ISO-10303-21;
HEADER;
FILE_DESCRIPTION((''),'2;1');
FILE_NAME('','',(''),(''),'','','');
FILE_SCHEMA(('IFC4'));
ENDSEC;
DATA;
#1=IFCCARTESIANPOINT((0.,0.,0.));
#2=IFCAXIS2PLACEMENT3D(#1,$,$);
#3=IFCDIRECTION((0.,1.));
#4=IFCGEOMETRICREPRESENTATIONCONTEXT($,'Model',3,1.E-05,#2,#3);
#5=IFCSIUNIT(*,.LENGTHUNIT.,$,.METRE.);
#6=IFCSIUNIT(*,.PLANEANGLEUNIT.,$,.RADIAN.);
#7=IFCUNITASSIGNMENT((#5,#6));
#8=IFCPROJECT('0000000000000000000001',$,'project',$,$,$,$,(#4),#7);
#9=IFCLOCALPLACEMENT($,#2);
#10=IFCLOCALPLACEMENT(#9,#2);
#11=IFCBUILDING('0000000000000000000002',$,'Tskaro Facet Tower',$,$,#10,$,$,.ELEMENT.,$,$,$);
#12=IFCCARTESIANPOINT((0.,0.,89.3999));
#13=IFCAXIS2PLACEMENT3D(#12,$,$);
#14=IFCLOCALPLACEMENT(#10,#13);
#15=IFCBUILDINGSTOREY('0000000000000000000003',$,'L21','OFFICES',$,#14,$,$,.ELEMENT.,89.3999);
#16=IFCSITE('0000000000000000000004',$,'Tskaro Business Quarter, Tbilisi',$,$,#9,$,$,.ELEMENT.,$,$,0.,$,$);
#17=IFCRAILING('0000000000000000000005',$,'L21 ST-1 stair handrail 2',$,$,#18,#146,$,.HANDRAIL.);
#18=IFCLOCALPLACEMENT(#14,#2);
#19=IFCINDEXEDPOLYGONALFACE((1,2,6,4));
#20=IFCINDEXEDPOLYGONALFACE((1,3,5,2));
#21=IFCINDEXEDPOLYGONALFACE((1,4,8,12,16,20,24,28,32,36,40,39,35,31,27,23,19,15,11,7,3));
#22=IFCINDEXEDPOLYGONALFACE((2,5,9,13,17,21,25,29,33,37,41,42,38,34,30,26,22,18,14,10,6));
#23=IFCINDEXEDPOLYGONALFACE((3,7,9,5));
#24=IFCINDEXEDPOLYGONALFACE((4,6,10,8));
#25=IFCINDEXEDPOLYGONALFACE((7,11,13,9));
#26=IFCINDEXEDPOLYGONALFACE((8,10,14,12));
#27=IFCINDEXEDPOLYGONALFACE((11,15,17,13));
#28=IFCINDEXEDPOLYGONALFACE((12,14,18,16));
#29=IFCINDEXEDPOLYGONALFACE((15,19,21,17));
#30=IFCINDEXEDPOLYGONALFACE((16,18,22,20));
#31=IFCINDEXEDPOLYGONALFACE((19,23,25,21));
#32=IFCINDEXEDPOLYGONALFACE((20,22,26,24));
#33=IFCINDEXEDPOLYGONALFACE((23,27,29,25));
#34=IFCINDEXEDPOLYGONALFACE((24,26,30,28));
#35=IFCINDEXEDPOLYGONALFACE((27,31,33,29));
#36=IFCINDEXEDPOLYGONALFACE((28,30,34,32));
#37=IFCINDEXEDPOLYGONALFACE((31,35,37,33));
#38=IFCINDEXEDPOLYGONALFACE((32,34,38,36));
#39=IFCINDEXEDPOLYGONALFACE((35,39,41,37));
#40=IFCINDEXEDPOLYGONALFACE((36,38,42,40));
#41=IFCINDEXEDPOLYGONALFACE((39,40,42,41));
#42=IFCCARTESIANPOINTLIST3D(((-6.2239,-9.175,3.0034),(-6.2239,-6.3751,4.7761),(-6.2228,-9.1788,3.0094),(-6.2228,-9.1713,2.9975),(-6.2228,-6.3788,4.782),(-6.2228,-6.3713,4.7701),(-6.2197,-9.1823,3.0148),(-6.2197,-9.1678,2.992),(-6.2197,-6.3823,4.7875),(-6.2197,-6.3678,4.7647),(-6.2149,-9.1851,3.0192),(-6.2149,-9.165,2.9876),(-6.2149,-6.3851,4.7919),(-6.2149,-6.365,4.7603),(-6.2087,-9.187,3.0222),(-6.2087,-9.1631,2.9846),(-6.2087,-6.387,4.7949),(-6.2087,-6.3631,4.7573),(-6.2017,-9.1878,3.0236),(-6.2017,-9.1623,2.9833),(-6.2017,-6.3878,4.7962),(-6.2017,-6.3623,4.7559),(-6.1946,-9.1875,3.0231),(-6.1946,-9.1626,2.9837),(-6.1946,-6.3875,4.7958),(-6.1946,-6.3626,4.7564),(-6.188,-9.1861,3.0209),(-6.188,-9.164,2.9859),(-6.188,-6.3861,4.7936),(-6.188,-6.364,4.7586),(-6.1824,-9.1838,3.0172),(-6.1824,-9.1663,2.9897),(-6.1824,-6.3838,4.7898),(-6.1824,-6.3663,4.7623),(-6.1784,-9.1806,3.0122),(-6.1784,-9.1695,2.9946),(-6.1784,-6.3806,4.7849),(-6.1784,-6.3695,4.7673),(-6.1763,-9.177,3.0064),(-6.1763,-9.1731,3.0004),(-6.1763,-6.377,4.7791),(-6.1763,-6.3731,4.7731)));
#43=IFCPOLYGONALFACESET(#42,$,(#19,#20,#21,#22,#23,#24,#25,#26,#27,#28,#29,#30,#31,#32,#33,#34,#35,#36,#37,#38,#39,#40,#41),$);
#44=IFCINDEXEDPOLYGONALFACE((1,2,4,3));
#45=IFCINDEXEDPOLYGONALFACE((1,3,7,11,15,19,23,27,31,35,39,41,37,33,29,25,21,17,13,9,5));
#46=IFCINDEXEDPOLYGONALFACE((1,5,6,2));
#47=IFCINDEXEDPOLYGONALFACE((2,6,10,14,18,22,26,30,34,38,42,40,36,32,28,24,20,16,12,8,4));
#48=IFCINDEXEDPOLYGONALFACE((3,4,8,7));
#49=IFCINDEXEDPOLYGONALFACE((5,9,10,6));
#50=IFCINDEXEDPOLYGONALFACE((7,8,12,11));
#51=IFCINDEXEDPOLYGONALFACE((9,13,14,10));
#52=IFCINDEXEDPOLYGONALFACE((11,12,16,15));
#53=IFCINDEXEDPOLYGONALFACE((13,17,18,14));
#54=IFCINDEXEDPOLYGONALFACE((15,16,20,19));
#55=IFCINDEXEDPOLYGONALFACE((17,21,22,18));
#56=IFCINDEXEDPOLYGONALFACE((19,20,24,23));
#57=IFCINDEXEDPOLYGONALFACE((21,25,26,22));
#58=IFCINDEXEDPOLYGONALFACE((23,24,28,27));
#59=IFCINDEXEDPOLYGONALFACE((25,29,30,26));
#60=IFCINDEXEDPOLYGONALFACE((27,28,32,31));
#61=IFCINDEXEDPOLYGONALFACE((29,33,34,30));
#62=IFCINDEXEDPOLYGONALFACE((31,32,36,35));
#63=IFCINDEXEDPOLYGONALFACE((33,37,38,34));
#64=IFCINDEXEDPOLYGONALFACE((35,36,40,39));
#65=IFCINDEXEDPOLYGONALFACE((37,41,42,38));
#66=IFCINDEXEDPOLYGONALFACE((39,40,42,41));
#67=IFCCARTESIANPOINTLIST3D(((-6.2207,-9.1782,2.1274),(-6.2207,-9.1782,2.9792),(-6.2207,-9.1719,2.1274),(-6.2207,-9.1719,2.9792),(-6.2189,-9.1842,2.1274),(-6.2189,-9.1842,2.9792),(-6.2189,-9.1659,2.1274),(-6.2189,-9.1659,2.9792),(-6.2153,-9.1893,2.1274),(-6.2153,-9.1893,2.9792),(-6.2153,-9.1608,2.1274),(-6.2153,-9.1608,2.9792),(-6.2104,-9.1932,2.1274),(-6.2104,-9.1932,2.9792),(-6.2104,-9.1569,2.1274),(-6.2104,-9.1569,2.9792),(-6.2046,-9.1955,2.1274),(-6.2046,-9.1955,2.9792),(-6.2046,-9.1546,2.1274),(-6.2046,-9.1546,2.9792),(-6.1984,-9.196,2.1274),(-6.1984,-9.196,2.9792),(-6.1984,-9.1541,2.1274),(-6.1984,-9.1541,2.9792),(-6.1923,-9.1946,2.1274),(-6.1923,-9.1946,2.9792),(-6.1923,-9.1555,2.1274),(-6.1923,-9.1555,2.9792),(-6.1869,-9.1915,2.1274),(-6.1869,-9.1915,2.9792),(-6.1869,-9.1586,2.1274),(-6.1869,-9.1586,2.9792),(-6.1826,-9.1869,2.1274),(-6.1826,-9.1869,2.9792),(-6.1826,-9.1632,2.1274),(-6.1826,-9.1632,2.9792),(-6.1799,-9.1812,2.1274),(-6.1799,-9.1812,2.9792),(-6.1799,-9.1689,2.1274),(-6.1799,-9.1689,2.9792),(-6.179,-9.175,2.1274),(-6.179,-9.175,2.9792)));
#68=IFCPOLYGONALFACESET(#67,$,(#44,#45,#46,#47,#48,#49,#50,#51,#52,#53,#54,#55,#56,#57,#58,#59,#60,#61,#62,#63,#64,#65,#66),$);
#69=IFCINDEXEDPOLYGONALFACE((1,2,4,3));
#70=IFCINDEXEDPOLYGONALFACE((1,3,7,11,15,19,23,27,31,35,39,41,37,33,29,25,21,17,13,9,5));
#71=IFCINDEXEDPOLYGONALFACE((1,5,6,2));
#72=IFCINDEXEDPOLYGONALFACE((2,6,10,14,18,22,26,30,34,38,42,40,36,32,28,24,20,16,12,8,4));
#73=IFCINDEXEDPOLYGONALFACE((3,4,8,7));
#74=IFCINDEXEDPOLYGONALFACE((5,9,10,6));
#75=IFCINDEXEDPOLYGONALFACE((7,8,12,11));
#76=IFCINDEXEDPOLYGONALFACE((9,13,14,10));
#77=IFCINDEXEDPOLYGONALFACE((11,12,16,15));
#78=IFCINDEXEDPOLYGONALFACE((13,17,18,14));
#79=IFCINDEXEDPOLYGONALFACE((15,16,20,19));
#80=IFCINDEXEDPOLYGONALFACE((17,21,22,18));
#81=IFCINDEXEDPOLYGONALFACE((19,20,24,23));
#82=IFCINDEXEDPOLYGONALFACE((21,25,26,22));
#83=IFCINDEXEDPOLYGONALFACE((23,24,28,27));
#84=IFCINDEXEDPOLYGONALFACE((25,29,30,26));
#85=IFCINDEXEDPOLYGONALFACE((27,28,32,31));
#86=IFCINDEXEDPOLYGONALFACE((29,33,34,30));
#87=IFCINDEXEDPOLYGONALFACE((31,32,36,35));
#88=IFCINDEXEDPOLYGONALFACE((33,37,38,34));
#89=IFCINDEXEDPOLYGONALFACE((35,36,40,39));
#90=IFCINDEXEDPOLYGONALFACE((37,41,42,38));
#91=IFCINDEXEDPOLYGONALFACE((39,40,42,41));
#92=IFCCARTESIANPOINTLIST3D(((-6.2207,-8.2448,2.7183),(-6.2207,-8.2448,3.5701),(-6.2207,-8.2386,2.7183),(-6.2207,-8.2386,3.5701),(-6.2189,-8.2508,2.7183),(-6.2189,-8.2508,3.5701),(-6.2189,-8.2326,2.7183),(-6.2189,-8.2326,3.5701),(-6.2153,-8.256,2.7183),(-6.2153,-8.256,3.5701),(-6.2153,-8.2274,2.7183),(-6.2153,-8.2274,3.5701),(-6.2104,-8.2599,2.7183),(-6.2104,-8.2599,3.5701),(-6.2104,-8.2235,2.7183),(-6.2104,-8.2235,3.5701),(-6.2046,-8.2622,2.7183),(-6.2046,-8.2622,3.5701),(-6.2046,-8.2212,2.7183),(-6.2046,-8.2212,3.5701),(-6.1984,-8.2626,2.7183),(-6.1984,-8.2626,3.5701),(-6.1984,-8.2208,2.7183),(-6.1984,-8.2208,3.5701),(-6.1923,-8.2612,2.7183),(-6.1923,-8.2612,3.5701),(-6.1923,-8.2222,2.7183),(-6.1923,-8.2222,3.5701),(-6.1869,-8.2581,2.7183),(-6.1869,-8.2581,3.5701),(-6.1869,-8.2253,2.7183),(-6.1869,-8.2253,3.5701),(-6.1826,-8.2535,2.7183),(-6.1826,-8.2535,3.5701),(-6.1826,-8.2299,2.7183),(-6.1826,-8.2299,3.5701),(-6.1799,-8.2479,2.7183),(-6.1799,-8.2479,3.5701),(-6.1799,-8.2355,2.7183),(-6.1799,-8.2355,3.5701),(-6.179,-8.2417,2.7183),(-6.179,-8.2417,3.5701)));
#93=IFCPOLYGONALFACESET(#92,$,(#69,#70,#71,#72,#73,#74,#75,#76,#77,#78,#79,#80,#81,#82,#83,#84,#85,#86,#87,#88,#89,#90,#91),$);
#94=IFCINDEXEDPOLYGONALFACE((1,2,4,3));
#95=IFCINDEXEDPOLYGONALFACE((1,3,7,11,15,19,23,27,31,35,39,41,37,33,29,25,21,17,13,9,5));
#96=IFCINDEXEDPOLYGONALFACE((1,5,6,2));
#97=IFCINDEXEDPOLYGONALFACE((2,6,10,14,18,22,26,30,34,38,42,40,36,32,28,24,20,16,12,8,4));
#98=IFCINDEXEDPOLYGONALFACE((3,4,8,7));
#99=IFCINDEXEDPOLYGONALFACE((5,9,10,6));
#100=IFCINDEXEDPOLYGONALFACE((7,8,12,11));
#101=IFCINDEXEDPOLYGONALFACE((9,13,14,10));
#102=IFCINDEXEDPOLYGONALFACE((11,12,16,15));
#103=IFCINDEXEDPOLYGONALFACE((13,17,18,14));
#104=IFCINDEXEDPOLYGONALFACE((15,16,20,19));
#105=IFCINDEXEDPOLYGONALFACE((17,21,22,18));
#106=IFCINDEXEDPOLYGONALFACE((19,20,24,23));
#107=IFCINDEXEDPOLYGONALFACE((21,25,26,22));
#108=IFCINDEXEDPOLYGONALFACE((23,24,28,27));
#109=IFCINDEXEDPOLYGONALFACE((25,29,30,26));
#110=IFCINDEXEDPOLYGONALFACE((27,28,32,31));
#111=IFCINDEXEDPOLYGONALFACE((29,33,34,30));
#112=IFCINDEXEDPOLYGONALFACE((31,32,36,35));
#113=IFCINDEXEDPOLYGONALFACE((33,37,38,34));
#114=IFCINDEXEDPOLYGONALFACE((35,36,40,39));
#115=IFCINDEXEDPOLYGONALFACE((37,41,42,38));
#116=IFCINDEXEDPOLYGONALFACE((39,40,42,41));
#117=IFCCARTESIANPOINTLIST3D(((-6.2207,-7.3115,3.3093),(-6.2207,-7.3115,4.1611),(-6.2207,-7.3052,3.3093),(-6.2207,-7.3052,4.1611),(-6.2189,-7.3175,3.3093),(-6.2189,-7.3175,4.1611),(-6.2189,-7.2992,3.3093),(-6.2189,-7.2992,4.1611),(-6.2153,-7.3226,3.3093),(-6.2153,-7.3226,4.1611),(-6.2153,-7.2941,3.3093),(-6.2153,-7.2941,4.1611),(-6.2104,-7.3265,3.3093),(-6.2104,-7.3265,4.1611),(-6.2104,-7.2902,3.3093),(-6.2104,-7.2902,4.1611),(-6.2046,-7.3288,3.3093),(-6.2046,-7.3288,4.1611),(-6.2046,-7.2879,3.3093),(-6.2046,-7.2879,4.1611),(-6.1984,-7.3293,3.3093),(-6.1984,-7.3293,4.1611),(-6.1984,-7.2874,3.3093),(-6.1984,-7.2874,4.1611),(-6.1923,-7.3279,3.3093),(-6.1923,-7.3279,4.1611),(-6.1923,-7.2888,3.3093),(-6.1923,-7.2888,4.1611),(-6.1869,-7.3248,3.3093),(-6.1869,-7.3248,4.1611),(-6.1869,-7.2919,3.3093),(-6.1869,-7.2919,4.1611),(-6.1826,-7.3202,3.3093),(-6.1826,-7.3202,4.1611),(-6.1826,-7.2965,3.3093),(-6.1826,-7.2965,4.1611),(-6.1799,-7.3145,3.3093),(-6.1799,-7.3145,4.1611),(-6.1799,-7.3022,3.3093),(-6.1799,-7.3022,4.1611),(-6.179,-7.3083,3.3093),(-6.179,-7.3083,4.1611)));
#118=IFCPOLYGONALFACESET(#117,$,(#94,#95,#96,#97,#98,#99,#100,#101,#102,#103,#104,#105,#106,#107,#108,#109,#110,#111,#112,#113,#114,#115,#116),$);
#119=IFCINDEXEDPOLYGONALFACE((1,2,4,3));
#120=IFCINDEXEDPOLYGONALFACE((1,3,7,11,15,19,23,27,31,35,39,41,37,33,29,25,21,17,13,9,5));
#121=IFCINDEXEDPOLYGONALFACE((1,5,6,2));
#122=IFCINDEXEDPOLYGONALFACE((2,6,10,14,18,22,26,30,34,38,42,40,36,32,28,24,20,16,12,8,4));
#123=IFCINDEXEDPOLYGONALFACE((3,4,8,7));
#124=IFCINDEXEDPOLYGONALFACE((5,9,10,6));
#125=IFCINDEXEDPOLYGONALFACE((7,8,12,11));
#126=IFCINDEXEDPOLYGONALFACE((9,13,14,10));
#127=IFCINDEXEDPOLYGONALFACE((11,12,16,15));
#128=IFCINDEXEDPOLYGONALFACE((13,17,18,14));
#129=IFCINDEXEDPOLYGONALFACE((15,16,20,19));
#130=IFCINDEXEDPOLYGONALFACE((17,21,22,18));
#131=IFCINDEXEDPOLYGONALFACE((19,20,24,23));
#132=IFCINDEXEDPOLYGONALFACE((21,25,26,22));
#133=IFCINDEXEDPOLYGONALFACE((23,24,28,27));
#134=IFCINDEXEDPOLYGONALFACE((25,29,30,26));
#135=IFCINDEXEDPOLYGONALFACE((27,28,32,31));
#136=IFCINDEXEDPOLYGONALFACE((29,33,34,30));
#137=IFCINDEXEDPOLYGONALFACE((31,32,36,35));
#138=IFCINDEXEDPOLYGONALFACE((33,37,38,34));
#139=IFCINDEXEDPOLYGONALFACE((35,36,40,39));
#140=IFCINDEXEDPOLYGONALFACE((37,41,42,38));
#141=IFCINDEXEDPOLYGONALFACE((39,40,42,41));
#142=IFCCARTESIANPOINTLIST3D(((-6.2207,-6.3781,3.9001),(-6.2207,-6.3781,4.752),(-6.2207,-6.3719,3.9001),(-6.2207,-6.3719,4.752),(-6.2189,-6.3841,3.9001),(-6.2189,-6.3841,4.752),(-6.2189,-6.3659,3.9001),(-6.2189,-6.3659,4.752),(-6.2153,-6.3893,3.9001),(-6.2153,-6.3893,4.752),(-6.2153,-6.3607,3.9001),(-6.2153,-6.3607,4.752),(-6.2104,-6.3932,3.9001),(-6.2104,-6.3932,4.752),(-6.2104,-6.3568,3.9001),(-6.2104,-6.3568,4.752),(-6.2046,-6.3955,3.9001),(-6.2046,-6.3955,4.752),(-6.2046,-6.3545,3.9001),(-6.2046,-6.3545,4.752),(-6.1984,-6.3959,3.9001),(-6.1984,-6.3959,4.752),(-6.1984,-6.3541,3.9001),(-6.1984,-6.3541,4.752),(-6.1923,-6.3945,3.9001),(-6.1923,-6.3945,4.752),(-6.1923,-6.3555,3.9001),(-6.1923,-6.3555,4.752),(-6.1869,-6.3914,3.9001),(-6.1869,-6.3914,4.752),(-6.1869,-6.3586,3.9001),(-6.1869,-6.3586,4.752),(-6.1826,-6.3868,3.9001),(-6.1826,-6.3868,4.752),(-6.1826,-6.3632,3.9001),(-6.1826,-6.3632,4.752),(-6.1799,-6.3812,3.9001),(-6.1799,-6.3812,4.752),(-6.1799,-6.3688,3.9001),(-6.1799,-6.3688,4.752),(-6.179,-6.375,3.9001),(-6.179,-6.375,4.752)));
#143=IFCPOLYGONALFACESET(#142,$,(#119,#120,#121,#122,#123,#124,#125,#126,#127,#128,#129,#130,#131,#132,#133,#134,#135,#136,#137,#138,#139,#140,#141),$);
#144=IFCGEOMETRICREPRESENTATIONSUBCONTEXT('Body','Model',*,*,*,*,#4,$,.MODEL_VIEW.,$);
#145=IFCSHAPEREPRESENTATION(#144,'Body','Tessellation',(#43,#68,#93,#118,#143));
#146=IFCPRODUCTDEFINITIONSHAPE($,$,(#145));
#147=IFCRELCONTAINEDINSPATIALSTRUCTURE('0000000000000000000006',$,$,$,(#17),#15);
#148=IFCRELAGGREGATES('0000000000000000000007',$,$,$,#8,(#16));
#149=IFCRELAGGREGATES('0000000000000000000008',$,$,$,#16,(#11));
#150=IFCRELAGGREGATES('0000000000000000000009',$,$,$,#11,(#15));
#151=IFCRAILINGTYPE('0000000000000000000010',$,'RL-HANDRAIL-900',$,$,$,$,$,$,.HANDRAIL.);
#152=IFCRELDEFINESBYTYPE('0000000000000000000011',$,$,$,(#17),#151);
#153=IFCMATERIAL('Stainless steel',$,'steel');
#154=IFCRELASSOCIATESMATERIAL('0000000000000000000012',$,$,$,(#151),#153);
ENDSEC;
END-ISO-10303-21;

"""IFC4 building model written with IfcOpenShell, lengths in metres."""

from ifc_helpers import new_model, si_unit, direction, frame, origin, origin_2d, place, context, subcontext, project, spatial, circle, extrude, material, type_object, element, save


model = new_model("IFC4")

# Units and contexts
model_context = context("Model", 3, precision=1e-05, world=origin(), true_north=direction((0.0, 1.0)))
body_context = subcontext(model_context, "Body", "Model", "MODEL_VIEW")
ifc_project = project(units=[si_unit("LENGTHUNIT", "METRE"), si_unit("PLANEANGLEUNIT", "RADIAN")], contexts=[model_context])

# Site, building, storey
site_placement = place(None, origin())
site = spatial("IfcSite", under=ifc_project, at=site_placement, Name="Tskaro Business Quarter, Tbilisi", CompositionType="ELEMENT", RefElevation=0.0)
building_placement = place(site_placement, origin())
building = spatial("IfcBuilding", under=site, at=building_placement, Name="Tskaro Facet Tower", CompositionType="ELEMENT")
storey_placement = place(building_placement, frame((0.0, 0.0, 89.3999)))
storey = spatial("IfcBuildingStorey", under=building, at=storey_placement, Name="L21", Description="OFFICES", CompositionType="ELEMENT", Elevation=89.3999)

# Shared definitions
ifc_material_1 = material(Name="Stainless steel", Category="steel")

# Railing
railing_type_1 = type_object("IfcRailingType", Name="RL-HANDRAIL-900", PredefinedType="HANDRAIL", material=ifc_material_1)
railing_1_placement = place(storey_placement, frame((-6.2, -9.175, 2.1274)))
element("IfcRailing", 1, at=railing_1_placement, inside=storey, type_object=railing_type_1, Name="L21 ST-1 stair handrail 2", PredefinedType="HANDRAIL", context=body_context, shape_type="SweptSolid", body=[
    extrude(circle(Radius=0.0239, at=origin_2d()), frame((0.0, 0.0, 0.876), z_axis=(0.0, 0.844909, 0.53491), x_axis=(-1.0, 0.0, 0.0)), (0.0, 0.0, 1.0), 3.314),
    extrude(circle(Radius=0.021, at=origin_2d()), origin(), (0.0, 0.0, 1.0), 0.8518),
    extrude(circle(Radius=0.021, at=origin_2d()), frame((0.0, 0.9333, 0.5908)), (0.0, 0.0, 1.0), 0.8518),
    extrude(circle(Radius=0.021, at=origin_2d()), frame((0.0, 1.8667, 1.1819)), (0.0, 0.0, 1.0), 0.8518),
    extrude(circle(Radius=0.021, at=origin_2d()), frame((0.0, 2.8, 1.7727)), (0.0, 0.0, 1.0), 0.8518),
])

save(model, "model.ifc")
